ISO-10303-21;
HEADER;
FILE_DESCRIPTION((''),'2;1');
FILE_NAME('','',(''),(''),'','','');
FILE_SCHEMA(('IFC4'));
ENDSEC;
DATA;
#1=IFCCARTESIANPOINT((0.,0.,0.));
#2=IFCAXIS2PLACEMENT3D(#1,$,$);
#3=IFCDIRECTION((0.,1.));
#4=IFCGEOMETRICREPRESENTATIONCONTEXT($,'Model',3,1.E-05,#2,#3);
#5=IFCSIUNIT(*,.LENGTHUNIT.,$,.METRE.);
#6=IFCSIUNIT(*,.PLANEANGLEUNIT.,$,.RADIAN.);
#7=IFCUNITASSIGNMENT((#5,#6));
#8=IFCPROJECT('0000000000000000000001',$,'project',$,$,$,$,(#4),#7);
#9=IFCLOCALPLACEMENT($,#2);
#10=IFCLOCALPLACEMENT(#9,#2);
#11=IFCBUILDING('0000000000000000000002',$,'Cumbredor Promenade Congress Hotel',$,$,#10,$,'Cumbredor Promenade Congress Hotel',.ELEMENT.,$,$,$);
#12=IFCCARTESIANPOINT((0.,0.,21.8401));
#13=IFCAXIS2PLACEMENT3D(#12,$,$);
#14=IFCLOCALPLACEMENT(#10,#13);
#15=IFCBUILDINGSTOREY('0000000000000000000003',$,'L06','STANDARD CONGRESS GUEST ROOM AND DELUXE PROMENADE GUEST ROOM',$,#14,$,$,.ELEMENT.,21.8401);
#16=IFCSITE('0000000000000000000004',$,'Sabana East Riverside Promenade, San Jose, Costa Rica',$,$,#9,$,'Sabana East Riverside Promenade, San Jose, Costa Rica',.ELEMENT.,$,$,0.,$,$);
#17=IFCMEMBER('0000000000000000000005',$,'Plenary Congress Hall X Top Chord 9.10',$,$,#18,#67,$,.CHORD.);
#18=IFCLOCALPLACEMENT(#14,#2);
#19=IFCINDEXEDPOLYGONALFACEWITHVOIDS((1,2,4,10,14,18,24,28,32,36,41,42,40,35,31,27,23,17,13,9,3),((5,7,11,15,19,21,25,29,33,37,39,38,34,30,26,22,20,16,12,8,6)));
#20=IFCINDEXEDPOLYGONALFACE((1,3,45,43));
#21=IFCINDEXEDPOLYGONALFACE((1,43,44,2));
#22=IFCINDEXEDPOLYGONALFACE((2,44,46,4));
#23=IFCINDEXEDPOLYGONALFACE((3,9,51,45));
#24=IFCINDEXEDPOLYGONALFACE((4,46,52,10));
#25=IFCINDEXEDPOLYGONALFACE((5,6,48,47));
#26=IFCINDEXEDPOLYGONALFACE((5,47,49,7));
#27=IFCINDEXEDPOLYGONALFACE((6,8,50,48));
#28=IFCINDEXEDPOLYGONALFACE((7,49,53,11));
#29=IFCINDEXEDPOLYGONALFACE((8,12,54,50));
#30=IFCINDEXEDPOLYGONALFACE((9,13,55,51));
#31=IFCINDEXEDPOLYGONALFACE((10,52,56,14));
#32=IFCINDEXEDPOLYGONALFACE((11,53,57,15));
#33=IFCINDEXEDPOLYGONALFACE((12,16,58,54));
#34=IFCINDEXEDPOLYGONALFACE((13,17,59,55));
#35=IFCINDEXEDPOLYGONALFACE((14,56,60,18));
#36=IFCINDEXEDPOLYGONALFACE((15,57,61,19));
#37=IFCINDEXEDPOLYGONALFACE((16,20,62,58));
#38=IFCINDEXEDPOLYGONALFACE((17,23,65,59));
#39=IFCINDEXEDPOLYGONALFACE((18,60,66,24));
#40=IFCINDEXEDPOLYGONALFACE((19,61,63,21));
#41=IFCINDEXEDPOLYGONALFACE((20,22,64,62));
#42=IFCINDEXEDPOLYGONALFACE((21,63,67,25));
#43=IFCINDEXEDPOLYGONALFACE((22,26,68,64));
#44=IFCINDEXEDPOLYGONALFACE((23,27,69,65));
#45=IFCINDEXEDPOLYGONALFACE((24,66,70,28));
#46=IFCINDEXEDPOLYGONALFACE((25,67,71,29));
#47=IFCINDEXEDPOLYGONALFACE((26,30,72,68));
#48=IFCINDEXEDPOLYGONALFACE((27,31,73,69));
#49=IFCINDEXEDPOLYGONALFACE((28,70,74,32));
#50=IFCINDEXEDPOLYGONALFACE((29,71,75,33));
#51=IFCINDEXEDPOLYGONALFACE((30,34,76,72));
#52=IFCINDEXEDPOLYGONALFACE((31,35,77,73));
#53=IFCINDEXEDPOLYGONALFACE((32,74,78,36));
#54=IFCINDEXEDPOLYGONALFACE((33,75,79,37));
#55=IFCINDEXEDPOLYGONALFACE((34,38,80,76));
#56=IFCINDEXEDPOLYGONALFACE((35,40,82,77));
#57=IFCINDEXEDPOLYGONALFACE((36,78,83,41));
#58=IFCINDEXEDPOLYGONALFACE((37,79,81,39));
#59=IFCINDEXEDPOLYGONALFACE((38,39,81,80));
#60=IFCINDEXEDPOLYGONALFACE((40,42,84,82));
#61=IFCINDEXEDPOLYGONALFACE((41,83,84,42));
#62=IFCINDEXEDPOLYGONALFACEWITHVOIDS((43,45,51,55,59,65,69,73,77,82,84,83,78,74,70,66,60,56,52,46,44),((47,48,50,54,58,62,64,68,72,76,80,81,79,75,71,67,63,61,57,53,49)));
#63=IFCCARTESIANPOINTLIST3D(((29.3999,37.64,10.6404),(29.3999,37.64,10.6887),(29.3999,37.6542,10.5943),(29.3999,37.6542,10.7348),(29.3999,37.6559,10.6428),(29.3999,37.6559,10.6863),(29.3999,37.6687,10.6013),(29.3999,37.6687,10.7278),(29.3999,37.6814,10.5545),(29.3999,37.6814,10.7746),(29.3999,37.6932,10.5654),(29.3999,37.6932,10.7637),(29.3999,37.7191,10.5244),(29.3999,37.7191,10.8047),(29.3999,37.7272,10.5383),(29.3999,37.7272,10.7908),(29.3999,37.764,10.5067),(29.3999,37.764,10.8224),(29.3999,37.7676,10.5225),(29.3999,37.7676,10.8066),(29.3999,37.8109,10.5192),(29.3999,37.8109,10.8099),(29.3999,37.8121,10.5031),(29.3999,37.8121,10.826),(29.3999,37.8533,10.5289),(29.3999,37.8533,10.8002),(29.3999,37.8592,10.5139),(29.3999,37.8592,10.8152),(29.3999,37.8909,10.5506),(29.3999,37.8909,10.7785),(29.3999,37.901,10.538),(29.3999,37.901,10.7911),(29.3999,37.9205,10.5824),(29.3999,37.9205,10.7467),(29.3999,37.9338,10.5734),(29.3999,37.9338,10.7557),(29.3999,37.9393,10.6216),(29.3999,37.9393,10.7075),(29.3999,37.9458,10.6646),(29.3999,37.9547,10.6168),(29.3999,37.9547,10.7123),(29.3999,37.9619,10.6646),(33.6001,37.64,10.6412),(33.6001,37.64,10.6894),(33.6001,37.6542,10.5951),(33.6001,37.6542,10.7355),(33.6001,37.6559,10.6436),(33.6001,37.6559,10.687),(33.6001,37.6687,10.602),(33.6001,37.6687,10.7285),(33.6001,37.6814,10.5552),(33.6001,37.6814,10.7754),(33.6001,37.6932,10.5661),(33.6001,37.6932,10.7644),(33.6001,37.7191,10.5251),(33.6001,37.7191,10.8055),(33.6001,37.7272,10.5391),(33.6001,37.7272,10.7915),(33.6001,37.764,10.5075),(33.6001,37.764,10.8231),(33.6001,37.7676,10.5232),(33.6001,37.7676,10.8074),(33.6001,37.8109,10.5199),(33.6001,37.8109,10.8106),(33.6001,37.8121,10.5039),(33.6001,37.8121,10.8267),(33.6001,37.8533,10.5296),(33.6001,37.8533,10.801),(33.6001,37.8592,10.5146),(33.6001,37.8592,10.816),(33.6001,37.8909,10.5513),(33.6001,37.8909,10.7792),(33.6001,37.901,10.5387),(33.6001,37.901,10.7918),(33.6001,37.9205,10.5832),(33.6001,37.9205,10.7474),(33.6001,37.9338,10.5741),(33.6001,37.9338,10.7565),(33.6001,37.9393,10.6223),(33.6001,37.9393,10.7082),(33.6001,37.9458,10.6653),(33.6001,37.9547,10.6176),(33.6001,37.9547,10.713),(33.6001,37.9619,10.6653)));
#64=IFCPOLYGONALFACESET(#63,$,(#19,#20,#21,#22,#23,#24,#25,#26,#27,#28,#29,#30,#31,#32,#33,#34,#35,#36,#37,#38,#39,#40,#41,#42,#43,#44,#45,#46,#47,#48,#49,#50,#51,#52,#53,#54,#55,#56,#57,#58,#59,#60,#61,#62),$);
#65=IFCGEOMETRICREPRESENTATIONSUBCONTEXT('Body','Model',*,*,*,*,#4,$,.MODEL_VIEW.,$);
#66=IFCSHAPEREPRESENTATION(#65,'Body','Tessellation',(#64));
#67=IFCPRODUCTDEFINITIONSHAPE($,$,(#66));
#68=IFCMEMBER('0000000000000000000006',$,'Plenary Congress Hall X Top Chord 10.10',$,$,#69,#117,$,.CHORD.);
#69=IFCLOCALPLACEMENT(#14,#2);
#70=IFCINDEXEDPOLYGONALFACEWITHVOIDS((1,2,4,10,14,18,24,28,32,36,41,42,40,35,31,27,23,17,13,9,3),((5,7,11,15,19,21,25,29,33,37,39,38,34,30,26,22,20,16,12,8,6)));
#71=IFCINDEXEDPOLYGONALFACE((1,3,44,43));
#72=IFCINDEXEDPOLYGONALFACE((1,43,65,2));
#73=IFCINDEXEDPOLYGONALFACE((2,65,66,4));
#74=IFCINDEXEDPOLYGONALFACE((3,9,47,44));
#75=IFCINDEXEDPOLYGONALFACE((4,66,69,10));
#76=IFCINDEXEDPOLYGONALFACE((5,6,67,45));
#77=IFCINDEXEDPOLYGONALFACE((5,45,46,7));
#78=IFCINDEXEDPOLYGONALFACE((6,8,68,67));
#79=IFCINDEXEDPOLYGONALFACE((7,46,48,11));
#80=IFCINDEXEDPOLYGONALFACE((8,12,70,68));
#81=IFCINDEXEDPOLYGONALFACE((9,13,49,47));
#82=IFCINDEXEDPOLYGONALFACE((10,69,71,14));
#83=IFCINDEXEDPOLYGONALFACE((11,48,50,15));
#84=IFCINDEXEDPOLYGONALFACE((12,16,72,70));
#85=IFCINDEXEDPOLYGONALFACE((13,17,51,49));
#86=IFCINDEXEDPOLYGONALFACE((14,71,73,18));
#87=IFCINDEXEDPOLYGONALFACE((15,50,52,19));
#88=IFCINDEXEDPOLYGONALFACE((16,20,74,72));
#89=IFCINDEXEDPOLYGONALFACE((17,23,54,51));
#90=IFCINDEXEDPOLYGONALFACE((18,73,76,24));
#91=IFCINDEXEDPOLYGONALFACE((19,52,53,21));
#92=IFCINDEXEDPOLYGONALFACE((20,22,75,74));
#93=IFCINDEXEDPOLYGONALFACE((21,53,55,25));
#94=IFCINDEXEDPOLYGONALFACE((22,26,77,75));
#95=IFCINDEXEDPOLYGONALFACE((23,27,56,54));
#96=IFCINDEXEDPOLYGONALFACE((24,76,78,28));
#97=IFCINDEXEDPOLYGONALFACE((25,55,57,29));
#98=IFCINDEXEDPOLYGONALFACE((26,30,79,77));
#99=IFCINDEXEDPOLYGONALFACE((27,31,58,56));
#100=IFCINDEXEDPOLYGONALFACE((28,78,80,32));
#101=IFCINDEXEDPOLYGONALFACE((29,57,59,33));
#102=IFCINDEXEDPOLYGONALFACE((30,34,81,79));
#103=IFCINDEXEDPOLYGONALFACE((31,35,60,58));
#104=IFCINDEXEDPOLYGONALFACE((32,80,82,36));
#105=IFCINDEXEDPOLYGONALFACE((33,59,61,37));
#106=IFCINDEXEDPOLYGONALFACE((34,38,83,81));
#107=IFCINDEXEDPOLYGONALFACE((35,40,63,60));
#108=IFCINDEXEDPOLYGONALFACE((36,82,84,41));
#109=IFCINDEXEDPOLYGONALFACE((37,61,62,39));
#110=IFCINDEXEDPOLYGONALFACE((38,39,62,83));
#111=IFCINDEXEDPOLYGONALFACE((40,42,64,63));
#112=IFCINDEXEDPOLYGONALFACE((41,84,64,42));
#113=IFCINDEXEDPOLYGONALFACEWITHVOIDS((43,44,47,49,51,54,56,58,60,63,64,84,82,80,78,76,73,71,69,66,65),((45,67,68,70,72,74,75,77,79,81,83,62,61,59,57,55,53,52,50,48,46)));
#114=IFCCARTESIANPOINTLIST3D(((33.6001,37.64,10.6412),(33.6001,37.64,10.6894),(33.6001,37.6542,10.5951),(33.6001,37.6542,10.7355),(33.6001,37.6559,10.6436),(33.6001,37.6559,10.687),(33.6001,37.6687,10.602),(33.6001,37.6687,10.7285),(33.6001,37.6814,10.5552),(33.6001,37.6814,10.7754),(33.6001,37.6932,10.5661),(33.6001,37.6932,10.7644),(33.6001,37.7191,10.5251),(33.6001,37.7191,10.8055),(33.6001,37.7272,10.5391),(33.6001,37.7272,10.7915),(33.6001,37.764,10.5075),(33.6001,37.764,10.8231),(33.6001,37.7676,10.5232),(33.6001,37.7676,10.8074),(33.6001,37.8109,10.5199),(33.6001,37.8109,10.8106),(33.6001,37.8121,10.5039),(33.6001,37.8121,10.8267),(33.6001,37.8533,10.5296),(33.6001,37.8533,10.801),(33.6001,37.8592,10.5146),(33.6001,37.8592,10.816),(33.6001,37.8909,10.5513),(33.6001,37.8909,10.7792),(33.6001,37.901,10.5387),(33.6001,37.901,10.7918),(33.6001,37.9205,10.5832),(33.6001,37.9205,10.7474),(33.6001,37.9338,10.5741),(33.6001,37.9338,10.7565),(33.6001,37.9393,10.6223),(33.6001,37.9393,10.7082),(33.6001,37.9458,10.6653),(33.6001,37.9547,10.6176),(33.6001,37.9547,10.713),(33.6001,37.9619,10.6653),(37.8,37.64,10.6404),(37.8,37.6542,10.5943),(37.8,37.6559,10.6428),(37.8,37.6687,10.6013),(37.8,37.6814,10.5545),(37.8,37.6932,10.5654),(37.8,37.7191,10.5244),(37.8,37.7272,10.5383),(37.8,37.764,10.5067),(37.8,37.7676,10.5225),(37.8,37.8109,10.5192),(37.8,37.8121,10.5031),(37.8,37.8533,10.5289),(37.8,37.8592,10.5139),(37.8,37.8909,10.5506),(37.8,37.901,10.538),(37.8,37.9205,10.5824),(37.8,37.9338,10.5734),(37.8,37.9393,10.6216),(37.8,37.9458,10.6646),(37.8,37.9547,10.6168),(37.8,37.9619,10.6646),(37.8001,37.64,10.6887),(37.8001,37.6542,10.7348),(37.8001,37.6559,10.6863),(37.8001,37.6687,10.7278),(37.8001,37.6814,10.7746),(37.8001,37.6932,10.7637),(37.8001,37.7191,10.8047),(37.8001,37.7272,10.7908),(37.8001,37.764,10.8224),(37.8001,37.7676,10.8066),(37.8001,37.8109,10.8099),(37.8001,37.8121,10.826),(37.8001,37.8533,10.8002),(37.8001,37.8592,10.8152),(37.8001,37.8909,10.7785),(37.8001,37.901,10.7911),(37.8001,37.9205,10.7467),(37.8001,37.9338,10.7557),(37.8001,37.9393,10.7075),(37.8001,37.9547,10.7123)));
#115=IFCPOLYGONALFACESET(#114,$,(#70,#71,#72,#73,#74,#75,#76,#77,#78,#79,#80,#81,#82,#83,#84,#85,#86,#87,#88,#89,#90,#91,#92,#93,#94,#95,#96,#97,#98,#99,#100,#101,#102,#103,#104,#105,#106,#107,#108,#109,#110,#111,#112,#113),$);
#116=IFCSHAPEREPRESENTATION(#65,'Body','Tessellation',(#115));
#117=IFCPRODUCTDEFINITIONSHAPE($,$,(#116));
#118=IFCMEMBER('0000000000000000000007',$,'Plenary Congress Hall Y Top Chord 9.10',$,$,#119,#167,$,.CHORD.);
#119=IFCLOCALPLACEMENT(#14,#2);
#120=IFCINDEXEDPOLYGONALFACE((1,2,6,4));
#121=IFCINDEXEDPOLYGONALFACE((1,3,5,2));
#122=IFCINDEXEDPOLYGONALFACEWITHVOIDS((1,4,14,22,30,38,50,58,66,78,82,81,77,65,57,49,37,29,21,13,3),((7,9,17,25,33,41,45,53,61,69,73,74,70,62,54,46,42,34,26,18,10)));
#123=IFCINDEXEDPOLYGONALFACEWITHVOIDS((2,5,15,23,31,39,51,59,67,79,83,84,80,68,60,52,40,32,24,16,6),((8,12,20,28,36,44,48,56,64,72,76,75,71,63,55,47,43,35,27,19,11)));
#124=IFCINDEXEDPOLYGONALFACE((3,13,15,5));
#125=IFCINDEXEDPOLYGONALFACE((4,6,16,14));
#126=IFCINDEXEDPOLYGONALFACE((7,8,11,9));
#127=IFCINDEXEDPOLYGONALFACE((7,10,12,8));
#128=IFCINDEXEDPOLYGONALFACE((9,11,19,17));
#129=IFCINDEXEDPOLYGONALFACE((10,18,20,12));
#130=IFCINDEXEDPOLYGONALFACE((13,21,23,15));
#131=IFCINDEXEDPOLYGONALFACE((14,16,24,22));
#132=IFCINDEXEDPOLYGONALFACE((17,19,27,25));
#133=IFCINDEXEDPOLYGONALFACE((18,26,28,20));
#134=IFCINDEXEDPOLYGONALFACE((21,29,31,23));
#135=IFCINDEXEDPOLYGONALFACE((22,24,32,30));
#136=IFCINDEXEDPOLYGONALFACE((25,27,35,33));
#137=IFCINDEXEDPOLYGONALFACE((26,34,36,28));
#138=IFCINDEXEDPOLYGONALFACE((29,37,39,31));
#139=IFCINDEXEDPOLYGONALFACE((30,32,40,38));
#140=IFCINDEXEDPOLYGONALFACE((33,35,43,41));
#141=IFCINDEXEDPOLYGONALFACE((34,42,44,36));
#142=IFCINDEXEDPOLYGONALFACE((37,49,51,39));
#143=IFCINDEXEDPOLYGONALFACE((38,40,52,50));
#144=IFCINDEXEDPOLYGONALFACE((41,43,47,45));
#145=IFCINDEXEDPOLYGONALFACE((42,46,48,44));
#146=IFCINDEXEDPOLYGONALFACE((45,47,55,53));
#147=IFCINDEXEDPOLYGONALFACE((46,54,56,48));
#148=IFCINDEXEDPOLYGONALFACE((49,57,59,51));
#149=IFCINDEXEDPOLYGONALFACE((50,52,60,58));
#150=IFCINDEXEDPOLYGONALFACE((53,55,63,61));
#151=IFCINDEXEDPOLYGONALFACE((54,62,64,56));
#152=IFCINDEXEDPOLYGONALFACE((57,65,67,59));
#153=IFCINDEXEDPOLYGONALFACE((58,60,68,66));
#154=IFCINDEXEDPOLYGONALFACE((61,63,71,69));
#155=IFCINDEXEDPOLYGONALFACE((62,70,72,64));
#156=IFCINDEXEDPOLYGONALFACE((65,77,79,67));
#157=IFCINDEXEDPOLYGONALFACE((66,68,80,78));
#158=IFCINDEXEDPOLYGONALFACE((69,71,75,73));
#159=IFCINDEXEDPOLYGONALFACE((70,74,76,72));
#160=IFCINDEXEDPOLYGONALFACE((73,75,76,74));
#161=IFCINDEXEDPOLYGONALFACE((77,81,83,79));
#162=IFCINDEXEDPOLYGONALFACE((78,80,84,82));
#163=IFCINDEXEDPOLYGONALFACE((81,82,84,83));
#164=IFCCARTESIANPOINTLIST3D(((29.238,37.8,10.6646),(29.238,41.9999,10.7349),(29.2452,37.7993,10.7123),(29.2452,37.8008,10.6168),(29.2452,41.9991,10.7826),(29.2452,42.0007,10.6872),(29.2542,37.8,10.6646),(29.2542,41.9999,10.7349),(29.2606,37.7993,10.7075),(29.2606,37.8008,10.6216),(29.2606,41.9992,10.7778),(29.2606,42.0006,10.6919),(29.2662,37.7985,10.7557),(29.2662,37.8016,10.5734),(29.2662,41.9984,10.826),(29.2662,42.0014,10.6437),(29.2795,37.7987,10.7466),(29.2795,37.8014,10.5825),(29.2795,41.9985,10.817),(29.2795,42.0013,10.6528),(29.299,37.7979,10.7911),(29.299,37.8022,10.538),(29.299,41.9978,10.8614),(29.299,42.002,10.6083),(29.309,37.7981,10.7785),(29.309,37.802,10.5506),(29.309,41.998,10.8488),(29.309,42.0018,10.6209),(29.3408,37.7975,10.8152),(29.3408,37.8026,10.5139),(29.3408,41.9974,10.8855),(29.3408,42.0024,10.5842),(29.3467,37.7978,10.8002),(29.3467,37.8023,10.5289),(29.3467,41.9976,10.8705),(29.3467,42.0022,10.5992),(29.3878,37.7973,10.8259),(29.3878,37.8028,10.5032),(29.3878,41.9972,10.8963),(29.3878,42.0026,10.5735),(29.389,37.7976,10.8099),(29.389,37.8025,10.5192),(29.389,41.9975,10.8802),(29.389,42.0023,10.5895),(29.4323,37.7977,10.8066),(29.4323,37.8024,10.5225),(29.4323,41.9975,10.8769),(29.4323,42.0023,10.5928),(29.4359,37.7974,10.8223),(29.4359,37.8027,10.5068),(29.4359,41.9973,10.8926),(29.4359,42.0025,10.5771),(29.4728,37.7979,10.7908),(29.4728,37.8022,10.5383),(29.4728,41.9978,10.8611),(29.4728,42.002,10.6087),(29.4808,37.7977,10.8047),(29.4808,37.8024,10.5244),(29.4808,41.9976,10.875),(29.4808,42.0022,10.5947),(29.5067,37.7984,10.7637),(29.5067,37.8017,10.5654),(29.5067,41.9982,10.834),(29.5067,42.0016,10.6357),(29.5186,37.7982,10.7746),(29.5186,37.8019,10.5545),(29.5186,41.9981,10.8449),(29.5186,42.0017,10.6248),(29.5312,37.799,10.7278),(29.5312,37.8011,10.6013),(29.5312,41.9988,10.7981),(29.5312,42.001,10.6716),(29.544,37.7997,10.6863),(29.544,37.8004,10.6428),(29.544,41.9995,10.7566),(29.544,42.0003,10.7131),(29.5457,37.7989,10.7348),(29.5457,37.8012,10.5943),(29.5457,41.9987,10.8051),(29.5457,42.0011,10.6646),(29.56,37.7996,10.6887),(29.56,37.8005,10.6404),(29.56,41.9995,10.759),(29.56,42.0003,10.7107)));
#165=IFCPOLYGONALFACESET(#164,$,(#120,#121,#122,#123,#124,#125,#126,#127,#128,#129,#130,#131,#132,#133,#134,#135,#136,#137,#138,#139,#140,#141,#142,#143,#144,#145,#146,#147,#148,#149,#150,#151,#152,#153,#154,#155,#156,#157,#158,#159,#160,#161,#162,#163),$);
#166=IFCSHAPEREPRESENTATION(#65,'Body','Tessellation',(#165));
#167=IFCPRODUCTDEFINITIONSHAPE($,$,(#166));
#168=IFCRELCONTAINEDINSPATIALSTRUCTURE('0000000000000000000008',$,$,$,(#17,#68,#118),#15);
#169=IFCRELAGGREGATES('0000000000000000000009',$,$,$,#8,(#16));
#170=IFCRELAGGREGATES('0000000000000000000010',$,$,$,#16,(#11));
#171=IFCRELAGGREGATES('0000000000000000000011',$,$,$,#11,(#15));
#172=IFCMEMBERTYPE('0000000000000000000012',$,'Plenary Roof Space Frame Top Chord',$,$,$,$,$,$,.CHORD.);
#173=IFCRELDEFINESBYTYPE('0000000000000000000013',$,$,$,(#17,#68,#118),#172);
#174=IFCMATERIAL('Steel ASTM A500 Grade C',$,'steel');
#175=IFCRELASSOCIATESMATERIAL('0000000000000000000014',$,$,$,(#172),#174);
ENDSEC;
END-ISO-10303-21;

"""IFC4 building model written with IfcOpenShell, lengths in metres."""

from ifc_helpers import new_model, si_unit, direction, frame, origin, origin_2d, place, context, subcontext, project, spatial, hollow_circle, extrude, material, material_profile, profile_set, type_object, element, save


model = new_model("IFC4")

# Units and contexts
model_context = context("Model", 3, precision=1e-05, world=origin(), true_north=direction((0.0, 1.0)))
body_context = subcontext(model_context, "Body", "Model", "MODEL_VIEW")
ifc_project = project(units=[si_unit("LENGTHUNIT", "METRE"), si_unit("PLANEANGLEUNIT", "RADIAN")], contexts=[model_context])

# Site, building, storey
site_placement = place(None, origin())
site = spatial("IfcSite", under=ifc_project, at=site_placement, Name="Sabana East Riverside Promenade, San Jose, Costa Rica", LongName="Sabana East Riverside Promenade, San Jose, Costa Rica", CompositionType="ELEMENT", RefElevation=0.0)
building_placement = place(site_placement, origin())
building = spatial("IfcBuilding", under=site, at=building_placement, Name="Cumbredor Promenade Congress Hotel", LongName="Cumbredor Promenade Congress Hotel", CompositionType="ELEMENT")
storey_placement = place(building_placement, frame((0.0, 0.0, 21.8401)))
storey = spatial("IfcBuildingStorey", under=building, at=storey_placement, Name="L06", Description="STANDARD CONGRESS GUEST ROOM AND DELUXE PROMENADE GUEST ROOM", CompositionType="ELEMENT", Elevation=21.8401)

# Members
ifc_material_1 = material(Name="Steel ASTM A500 Grade C", Category="steel")
ifc_material_profile_1 = material_profile(ifc_material_1, hollow_circle(Radius=0.1619, WallThickness=0.0161, at=origin_2d()), Name="CHS 323.9x16")
ifc_profile_set_1 = profile_set([ifc_material_profile_1], Name="Steel ASTM A500 Grade C")
member_type_1 = type_object("IfcMemberType", Name="Plenary Roof Space Frame Top Chord", PredefinedType="CHORD", material=ifc_profile_set_1)
member_1_placement = place(storey_placement, frame((29.3999, 37.8, 10.6646), z_axis=(1.0, 0.0, 0.000174), x_axis=(0.0, 1.0, 0.0)))
element("IfcMember", 1, at=member_1_placement, inside=storey, type_object=member_type_1, Name="Plenary Congress Hall X Top Chord 9.10", PredefinedType="CHORD", context=body_context, shape_type="SweptSolid", body=[
    extrude(hollow_circle(Radius=0.1619, WallThickness=0.0161, at=origin_2d()), origin(), (0.0, 0.0, 1.0), 4.2002),
])
member_2_placement = place(storey_placement, frame((33.6001, 37.8, 10.6653), z_axis=(1.0, 0.0, -0.000174), x_axis=(0.0, 1.0, 0.0)))
element("IfcMember", 2, at=member_2_placement, inside=storey, type_object=member_type_1, Name="Plenary Congress Hall X Top Chord 10.10", PredefinedType="CHORD", context=body_context, shape_type="SweptSolid", body=[
    extrude(hollow_circle(Radius=0.1619, WallThickness=0.0161, at=origin_2d()), origin(), (0.0, 0.0, 1.0), 4.2),
])
member_3_placement = place(storey_placement, frame((29.3999, 37.8, 10.6646), z_axis=(0.0, 0.99986, 0.016739), x_axis=(-1.0, 0.0, 0.0)))
element("IfcMember", 3, at=member_3_placement, inside=storey, type_object=member_type_1, Name="Plenary Congress Hall Y Top Chord 9.10", PredefinedType="CHORD", context=body_context, shape_type="SweptSolid", body=[
    extrude(hollow_circle(Radius=0.1619, WallThickness=0.0161, at=origin_2d()), origin(), (0.0, 0.0, 1.0), 4.2004),
])

save(model, "model.ifc")
